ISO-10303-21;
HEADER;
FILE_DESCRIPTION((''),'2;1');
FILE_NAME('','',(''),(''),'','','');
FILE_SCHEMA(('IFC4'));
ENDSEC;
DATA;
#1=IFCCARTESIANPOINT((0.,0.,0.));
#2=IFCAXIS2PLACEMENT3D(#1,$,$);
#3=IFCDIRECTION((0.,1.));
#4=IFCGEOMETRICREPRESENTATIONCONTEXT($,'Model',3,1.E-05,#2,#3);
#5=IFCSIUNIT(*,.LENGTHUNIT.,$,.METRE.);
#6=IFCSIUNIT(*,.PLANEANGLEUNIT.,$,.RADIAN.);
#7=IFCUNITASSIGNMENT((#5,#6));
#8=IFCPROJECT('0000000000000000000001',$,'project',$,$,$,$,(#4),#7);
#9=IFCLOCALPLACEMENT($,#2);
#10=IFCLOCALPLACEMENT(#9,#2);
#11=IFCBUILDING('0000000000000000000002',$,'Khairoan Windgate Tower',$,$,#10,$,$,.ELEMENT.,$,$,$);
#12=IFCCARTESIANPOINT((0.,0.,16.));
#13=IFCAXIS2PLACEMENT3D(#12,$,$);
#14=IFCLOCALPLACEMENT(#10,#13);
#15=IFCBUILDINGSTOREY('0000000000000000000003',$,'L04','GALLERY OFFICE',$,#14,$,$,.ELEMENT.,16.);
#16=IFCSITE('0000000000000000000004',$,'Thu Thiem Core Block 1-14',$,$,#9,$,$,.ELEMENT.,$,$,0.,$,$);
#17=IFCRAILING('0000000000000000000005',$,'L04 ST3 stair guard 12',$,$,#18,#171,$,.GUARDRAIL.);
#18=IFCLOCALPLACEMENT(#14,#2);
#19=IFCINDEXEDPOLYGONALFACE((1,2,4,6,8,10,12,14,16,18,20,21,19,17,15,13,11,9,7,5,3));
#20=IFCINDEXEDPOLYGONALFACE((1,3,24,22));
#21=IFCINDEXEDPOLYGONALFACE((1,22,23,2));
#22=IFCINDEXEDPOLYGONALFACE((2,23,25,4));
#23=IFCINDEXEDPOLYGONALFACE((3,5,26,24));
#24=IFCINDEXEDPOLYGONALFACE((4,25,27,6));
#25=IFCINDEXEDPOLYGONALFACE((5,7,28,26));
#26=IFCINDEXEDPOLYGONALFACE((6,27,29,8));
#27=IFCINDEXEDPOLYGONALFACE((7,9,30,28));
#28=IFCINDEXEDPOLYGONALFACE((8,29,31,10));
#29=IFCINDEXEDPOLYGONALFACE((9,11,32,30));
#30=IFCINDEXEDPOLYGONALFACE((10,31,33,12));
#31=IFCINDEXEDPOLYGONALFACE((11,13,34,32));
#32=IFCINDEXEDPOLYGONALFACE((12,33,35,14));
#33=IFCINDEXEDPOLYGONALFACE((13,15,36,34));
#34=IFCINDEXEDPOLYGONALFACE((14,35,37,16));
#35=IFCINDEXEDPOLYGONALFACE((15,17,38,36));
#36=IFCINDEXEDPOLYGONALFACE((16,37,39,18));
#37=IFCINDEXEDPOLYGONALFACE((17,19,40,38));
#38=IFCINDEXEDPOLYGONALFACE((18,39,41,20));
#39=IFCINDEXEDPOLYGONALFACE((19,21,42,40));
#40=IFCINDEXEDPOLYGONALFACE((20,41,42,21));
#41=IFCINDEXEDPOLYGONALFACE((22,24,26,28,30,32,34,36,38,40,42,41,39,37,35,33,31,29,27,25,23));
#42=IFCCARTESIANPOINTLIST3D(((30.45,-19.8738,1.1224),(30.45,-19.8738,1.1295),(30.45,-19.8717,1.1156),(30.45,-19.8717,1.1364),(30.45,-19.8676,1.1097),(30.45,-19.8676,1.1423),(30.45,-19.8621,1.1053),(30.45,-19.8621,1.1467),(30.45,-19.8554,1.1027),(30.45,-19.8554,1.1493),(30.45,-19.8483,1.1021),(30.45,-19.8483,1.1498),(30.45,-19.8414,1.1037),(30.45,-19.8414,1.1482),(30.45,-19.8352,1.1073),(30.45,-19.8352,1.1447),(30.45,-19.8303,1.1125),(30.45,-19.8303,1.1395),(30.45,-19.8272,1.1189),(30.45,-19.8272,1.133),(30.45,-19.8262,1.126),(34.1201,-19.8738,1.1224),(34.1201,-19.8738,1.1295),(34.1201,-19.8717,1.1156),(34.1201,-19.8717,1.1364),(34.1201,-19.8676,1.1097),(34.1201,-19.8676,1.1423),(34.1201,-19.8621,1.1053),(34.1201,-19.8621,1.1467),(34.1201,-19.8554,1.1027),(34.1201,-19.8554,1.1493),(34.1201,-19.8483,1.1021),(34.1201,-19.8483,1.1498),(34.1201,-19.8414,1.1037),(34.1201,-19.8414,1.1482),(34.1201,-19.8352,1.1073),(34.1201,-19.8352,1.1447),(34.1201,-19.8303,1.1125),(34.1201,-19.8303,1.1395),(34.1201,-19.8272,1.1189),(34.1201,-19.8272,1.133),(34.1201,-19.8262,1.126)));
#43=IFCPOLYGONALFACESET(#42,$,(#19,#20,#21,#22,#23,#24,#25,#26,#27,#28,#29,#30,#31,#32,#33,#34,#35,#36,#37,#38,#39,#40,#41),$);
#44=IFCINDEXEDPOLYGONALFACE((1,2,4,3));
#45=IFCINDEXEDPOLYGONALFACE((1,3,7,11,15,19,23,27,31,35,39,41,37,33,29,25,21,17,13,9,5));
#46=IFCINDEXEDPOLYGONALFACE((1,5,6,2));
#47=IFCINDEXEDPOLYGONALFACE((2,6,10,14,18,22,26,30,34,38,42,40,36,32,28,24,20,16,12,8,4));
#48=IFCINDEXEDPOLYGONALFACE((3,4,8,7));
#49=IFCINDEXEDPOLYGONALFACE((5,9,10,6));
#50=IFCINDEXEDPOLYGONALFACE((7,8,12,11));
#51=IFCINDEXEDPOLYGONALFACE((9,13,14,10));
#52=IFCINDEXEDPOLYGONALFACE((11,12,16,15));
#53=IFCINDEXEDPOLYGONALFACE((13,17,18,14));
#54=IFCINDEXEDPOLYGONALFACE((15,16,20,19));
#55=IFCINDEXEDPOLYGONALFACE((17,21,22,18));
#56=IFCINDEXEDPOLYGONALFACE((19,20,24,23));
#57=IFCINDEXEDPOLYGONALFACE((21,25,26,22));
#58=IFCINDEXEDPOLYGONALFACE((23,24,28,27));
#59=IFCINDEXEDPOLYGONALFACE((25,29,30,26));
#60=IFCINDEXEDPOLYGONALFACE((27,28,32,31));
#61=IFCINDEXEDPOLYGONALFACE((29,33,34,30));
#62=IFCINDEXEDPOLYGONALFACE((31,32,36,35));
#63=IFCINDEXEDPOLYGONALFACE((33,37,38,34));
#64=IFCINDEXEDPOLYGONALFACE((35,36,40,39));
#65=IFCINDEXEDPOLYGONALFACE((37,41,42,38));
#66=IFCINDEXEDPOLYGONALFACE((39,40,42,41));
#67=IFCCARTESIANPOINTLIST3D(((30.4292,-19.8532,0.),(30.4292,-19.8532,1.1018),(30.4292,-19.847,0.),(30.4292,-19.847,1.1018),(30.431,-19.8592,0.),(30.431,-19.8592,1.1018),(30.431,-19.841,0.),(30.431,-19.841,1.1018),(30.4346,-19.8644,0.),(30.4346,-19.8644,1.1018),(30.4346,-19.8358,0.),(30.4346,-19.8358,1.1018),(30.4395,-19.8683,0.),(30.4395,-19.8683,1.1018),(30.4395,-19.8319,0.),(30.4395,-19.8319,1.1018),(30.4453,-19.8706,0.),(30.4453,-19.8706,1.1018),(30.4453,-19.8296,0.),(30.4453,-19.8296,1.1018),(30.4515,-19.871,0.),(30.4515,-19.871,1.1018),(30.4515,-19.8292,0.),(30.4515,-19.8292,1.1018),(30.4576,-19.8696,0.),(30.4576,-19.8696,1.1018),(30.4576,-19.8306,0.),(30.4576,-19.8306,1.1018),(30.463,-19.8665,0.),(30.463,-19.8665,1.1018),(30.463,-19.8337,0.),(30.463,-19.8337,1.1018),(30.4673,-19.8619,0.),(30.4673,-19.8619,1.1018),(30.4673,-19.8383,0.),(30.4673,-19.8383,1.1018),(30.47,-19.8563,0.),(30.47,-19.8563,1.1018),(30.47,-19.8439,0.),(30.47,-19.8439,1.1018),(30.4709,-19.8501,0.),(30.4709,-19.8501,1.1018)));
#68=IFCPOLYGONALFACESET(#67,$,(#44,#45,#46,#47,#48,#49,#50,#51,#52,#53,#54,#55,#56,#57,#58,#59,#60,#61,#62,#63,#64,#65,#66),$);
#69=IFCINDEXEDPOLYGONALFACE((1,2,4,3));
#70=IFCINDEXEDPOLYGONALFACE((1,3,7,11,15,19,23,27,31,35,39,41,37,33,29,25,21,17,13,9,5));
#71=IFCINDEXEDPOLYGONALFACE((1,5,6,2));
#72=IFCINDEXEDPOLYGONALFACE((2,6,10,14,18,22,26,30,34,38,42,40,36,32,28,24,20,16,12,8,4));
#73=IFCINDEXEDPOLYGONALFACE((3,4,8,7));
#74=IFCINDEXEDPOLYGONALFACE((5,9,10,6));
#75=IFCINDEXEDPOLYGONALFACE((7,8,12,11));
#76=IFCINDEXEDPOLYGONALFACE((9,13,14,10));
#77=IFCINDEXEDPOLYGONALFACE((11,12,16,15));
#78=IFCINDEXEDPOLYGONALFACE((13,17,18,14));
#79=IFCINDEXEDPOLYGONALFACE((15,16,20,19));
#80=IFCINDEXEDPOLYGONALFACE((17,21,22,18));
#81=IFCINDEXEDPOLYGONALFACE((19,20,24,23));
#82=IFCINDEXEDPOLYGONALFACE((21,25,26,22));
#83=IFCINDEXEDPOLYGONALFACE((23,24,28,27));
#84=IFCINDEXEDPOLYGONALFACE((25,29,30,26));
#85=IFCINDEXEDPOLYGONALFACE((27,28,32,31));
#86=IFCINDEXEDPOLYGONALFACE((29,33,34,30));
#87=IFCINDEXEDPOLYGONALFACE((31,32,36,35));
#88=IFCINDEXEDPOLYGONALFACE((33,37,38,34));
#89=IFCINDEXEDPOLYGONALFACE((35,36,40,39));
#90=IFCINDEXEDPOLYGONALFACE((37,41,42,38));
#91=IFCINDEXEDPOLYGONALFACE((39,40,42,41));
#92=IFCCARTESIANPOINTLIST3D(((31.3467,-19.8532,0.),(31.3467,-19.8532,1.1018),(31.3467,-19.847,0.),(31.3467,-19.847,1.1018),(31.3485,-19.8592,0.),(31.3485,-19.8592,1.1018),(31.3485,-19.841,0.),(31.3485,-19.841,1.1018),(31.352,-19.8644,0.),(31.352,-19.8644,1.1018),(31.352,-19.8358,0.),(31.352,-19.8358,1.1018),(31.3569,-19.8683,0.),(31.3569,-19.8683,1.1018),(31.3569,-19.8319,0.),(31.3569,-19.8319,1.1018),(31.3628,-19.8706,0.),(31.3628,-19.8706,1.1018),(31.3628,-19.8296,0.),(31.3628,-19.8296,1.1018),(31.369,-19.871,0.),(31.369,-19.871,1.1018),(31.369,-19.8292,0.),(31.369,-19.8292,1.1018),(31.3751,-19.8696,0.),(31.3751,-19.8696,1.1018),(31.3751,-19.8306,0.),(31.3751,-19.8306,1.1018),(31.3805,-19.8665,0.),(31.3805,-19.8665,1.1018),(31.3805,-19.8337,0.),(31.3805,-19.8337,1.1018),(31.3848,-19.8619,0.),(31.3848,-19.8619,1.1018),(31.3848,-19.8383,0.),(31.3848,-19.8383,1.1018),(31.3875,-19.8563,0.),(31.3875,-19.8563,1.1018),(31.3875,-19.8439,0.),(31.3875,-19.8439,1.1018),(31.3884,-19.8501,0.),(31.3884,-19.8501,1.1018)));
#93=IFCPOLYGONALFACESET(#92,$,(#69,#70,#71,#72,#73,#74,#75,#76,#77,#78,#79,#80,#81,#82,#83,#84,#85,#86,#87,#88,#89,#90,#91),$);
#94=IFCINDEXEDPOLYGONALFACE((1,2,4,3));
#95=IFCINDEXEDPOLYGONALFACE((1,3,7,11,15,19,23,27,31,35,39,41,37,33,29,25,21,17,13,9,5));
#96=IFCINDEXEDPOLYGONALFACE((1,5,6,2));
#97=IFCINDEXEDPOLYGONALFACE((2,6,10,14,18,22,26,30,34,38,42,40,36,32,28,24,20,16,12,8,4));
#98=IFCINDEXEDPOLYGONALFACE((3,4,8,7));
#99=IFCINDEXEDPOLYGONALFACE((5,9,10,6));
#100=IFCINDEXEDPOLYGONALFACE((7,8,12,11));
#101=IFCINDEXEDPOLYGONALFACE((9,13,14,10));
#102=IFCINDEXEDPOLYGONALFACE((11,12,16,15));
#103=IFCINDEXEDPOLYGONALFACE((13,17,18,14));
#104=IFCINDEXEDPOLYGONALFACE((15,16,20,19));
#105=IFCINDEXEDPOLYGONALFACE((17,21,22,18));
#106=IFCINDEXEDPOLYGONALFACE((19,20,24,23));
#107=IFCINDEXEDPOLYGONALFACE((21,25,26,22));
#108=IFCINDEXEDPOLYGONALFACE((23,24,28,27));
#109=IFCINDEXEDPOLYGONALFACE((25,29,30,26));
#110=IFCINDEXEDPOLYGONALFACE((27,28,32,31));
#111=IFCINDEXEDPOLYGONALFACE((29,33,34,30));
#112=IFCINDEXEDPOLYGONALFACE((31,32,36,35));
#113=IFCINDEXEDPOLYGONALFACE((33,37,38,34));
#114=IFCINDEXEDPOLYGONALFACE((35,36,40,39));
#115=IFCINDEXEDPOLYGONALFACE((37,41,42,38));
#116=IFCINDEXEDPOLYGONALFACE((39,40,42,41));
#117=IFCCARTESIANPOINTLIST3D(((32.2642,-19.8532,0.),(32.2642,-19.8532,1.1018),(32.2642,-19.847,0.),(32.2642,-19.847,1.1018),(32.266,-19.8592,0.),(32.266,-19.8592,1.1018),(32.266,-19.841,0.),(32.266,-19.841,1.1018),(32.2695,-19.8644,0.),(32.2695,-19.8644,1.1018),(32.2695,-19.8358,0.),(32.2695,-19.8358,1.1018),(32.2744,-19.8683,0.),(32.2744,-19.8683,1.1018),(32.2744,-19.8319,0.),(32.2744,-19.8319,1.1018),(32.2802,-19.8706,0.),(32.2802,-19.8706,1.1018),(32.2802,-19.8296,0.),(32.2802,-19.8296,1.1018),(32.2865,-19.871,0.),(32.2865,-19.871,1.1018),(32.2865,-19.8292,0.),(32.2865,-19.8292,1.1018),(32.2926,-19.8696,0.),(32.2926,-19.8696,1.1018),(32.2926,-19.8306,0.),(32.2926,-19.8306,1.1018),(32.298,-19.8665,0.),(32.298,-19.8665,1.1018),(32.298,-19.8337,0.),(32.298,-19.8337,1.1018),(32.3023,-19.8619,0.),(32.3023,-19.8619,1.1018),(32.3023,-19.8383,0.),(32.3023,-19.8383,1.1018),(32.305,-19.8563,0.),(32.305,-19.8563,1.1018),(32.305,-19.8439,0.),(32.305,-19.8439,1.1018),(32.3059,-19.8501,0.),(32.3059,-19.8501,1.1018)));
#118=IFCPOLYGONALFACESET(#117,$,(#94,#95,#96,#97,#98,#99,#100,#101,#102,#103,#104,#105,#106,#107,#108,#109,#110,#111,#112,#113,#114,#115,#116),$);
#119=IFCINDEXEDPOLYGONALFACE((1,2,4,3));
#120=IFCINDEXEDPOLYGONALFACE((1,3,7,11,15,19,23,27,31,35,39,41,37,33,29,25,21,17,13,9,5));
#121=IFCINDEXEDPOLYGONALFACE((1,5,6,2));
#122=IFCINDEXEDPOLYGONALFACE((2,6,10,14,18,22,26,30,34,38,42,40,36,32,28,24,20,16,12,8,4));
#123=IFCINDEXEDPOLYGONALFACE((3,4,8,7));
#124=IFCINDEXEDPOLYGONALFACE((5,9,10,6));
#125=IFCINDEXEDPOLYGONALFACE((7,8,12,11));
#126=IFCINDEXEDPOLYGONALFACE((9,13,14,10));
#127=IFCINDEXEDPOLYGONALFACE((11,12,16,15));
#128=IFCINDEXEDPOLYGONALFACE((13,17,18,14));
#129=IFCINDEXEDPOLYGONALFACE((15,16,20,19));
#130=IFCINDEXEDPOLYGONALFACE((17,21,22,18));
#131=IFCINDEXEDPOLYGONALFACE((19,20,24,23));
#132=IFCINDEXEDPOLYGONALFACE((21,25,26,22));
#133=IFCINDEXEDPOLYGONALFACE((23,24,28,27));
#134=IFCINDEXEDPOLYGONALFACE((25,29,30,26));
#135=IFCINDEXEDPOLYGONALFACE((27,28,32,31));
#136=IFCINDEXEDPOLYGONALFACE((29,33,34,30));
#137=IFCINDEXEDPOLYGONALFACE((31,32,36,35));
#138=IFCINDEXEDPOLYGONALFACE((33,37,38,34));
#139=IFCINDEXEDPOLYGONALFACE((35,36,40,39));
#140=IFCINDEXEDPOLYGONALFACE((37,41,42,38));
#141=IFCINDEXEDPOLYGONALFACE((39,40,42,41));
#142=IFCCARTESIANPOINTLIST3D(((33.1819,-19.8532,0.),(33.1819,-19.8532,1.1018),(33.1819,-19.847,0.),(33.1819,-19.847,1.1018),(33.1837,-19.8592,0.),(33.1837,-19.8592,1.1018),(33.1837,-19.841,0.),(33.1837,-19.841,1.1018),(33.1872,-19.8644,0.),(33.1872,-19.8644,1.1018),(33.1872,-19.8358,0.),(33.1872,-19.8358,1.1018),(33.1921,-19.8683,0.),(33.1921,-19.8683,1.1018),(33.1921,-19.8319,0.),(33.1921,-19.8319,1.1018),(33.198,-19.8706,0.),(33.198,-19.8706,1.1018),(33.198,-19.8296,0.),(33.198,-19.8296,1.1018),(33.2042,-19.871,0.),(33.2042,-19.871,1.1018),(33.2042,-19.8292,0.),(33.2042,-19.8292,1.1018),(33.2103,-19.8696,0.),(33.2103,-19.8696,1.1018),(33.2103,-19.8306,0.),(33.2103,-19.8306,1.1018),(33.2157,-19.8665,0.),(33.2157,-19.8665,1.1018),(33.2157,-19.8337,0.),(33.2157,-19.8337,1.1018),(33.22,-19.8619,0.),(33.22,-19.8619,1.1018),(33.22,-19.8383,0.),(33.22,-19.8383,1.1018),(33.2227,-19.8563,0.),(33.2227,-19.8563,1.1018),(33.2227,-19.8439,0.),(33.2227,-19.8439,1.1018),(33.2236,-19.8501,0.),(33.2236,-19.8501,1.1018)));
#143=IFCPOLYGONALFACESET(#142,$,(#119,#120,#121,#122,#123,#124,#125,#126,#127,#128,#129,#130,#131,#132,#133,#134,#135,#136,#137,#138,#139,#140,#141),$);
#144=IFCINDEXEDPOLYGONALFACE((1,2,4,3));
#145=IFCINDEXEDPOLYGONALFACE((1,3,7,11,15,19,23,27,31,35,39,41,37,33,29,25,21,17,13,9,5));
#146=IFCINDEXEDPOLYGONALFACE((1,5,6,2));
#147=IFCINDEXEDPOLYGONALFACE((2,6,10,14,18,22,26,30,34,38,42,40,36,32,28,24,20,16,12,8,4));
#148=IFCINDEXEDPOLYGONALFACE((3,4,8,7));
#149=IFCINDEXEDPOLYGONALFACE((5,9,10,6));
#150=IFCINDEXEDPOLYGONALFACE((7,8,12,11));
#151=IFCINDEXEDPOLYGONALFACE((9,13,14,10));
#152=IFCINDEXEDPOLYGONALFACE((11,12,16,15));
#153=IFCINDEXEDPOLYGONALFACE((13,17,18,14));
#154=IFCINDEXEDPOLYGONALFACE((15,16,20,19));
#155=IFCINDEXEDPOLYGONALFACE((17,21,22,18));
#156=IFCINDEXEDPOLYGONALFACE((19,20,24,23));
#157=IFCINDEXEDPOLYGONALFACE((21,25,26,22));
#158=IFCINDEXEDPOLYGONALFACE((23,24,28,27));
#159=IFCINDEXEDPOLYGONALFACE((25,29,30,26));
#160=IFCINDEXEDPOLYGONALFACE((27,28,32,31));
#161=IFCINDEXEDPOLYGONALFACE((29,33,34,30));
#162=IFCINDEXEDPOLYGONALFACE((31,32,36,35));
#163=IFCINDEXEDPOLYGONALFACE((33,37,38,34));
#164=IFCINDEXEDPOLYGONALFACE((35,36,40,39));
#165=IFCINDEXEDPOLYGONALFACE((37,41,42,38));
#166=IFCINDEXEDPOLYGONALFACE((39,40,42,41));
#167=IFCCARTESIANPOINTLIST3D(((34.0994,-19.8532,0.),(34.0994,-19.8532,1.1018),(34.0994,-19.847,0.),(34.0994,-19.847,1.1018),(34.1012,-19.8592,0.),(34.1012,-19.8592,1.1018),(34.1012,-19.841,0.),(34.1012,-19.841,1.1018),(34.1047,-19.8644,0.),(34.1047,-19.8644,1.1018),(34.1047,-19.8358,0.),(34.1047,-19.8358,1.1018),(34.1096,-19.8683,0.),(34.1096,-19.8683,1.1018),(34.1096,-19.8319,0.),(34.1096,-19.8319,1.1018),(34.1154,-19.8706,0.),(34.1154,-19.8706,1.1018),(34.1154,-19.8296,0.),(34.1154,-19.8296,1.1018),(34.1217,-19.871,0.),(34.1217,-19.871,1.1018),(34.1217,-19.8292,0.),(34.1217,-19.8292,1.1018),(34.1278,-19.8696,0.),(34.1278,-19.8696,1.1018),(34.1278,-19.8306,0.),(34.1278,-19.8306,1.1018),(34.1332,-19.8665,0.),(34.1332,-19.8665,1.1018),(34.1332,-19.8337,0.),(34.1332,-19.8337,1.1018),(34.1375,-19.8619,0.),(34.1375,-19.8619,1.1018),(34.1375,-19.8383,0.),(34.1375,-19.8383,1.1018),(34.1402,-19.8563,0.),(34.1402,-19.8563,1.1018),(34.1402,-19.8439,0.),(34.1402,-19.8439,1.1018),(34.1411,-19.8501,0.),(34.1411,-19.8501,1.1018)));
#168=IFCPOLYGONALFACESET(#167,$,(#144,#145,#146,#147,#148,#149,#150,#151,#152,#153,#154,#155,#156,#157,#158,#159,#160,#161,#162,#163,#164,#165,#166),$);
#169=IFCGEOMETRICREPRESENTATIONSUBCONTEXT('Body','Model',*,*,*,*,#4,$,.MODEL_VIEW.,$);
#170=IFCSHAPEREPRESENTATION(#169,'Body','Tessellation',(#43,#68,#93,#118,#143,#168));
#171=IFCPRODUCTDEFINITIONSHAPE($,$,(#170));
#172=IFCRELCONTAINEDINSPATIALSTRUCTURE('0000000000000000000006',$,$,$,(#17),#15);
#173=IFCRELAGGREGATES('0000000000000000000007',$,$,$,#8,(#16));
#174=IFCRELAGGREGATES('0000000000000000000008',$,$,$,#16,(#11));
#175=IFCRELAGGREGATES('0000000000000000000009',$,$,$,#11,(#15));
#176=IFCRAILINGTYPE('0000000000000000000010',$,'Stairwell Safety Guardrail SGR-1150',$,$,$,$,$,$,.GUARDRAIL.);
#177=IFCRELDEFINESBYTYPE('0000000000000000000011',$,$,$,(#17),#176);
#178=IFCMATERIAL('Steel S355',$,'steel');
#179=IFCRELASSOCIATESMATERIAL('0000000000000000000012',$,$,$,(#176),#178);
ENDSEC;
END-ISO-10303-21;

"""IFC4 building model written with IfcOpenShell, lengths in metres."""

from ifc_helpers import new_model, si_unit, direction, frame, origin, origin_2d, place, context, subcontext, project, spatial, circle, extrude, material, type_object, element, save


model = new_model("IFC4")

# Units and contexts
model_context = context("Model", 3, precision=1e-05, world=origin(), true_north=direction((0.0, 1.0)))
body_context = subcontext(model_context, "Body", "Model", "MODEL_VIEW")
ifc_project = project(units=[si_unit("LENGTHUNIT", "METRE"), si_unit("PLANEANGLEUNIT", "RADIAN")], contexts=[model_context])

# Site, building, storey
site_placement = place(None, origin())
site = spatial("IfcSite", under=ifc_project, at=site_placement, Name="Thu Thiem Core Block 1-14", CompositionType="ELEMENT", RefElevation=0.0)
building_placement = place(site_placement, origin())
building = spatial("IfcBuilding", under=site, at=building_placement, Name="Khairoan Windgate Tower", CompositionType="ELEMENT")
storey_placement = place(building_placement, frame((0.0, 0.0, 16.0)))
storey = spatial("IfcBuildingStorey", under=building, at=storey_placement, Name="L04", Description="GALLERY OFFICE", CompositionType="ELEMENT", Elevation=16.0)

# Railing
ifc_material_1 = material(Name="Steel S355", Category="steel")
railing_type_1 = type_object("IfcRailingType", Name="Stairwell Safety Guardrail SGR-1150", PredefinedType="GUARDRAIL", material=ifc_material_1)
railing_1_placement = place(storey_placement, frame((30.45, -19.8501, 0.0)))
element("IfcRailing", 1, at=railing_1_placement, inside=storey, type_object=railing_type_1, Name="L04 ST3 stair guard 12", PredefinedType="GUARDRAIL", context=body_context, shape_type="SweptSolid", body=[
    extrude(circle(Radius=0.0239, at=origin_2d()), frame((0.0, 0.0, 1.126), z_axis=(1.0, 0.0, 0.0), x_axis=(0.0, 1.0, 0.0)), (0.0, 0.0, 1.0), 3.6702),
    extrude(circle(Radius=0.021, at=origin_2d()), origin(), (0.0, 0.0, 1.0), 1.1018),
    extrude(circle(Radius=0.021, at=origin_2d()), frame((0.9175, 0.0, 0.0)), (0.0, 0.0, 1.0), 1.1018),
    extrude(circle(Radius=0.021, at=origin_2d()), frame((1.835, 0.0, 0.0)), (0.0, 0.0, 1.0), 1.1018),
    extrude(circle(Radius=0.021, at=origin_2d()), frame((2.7527, 0.0, 0.0)), (0.0, 0.0, 1.0), 1.1018),
    extrude(circle(Radius=0.021, at=origin_2d()), frame((3.6702, 0.0, 0.0)), (0.0, 0.0, 1.0), 1.1018),
])

save(model, "model.ifc")
